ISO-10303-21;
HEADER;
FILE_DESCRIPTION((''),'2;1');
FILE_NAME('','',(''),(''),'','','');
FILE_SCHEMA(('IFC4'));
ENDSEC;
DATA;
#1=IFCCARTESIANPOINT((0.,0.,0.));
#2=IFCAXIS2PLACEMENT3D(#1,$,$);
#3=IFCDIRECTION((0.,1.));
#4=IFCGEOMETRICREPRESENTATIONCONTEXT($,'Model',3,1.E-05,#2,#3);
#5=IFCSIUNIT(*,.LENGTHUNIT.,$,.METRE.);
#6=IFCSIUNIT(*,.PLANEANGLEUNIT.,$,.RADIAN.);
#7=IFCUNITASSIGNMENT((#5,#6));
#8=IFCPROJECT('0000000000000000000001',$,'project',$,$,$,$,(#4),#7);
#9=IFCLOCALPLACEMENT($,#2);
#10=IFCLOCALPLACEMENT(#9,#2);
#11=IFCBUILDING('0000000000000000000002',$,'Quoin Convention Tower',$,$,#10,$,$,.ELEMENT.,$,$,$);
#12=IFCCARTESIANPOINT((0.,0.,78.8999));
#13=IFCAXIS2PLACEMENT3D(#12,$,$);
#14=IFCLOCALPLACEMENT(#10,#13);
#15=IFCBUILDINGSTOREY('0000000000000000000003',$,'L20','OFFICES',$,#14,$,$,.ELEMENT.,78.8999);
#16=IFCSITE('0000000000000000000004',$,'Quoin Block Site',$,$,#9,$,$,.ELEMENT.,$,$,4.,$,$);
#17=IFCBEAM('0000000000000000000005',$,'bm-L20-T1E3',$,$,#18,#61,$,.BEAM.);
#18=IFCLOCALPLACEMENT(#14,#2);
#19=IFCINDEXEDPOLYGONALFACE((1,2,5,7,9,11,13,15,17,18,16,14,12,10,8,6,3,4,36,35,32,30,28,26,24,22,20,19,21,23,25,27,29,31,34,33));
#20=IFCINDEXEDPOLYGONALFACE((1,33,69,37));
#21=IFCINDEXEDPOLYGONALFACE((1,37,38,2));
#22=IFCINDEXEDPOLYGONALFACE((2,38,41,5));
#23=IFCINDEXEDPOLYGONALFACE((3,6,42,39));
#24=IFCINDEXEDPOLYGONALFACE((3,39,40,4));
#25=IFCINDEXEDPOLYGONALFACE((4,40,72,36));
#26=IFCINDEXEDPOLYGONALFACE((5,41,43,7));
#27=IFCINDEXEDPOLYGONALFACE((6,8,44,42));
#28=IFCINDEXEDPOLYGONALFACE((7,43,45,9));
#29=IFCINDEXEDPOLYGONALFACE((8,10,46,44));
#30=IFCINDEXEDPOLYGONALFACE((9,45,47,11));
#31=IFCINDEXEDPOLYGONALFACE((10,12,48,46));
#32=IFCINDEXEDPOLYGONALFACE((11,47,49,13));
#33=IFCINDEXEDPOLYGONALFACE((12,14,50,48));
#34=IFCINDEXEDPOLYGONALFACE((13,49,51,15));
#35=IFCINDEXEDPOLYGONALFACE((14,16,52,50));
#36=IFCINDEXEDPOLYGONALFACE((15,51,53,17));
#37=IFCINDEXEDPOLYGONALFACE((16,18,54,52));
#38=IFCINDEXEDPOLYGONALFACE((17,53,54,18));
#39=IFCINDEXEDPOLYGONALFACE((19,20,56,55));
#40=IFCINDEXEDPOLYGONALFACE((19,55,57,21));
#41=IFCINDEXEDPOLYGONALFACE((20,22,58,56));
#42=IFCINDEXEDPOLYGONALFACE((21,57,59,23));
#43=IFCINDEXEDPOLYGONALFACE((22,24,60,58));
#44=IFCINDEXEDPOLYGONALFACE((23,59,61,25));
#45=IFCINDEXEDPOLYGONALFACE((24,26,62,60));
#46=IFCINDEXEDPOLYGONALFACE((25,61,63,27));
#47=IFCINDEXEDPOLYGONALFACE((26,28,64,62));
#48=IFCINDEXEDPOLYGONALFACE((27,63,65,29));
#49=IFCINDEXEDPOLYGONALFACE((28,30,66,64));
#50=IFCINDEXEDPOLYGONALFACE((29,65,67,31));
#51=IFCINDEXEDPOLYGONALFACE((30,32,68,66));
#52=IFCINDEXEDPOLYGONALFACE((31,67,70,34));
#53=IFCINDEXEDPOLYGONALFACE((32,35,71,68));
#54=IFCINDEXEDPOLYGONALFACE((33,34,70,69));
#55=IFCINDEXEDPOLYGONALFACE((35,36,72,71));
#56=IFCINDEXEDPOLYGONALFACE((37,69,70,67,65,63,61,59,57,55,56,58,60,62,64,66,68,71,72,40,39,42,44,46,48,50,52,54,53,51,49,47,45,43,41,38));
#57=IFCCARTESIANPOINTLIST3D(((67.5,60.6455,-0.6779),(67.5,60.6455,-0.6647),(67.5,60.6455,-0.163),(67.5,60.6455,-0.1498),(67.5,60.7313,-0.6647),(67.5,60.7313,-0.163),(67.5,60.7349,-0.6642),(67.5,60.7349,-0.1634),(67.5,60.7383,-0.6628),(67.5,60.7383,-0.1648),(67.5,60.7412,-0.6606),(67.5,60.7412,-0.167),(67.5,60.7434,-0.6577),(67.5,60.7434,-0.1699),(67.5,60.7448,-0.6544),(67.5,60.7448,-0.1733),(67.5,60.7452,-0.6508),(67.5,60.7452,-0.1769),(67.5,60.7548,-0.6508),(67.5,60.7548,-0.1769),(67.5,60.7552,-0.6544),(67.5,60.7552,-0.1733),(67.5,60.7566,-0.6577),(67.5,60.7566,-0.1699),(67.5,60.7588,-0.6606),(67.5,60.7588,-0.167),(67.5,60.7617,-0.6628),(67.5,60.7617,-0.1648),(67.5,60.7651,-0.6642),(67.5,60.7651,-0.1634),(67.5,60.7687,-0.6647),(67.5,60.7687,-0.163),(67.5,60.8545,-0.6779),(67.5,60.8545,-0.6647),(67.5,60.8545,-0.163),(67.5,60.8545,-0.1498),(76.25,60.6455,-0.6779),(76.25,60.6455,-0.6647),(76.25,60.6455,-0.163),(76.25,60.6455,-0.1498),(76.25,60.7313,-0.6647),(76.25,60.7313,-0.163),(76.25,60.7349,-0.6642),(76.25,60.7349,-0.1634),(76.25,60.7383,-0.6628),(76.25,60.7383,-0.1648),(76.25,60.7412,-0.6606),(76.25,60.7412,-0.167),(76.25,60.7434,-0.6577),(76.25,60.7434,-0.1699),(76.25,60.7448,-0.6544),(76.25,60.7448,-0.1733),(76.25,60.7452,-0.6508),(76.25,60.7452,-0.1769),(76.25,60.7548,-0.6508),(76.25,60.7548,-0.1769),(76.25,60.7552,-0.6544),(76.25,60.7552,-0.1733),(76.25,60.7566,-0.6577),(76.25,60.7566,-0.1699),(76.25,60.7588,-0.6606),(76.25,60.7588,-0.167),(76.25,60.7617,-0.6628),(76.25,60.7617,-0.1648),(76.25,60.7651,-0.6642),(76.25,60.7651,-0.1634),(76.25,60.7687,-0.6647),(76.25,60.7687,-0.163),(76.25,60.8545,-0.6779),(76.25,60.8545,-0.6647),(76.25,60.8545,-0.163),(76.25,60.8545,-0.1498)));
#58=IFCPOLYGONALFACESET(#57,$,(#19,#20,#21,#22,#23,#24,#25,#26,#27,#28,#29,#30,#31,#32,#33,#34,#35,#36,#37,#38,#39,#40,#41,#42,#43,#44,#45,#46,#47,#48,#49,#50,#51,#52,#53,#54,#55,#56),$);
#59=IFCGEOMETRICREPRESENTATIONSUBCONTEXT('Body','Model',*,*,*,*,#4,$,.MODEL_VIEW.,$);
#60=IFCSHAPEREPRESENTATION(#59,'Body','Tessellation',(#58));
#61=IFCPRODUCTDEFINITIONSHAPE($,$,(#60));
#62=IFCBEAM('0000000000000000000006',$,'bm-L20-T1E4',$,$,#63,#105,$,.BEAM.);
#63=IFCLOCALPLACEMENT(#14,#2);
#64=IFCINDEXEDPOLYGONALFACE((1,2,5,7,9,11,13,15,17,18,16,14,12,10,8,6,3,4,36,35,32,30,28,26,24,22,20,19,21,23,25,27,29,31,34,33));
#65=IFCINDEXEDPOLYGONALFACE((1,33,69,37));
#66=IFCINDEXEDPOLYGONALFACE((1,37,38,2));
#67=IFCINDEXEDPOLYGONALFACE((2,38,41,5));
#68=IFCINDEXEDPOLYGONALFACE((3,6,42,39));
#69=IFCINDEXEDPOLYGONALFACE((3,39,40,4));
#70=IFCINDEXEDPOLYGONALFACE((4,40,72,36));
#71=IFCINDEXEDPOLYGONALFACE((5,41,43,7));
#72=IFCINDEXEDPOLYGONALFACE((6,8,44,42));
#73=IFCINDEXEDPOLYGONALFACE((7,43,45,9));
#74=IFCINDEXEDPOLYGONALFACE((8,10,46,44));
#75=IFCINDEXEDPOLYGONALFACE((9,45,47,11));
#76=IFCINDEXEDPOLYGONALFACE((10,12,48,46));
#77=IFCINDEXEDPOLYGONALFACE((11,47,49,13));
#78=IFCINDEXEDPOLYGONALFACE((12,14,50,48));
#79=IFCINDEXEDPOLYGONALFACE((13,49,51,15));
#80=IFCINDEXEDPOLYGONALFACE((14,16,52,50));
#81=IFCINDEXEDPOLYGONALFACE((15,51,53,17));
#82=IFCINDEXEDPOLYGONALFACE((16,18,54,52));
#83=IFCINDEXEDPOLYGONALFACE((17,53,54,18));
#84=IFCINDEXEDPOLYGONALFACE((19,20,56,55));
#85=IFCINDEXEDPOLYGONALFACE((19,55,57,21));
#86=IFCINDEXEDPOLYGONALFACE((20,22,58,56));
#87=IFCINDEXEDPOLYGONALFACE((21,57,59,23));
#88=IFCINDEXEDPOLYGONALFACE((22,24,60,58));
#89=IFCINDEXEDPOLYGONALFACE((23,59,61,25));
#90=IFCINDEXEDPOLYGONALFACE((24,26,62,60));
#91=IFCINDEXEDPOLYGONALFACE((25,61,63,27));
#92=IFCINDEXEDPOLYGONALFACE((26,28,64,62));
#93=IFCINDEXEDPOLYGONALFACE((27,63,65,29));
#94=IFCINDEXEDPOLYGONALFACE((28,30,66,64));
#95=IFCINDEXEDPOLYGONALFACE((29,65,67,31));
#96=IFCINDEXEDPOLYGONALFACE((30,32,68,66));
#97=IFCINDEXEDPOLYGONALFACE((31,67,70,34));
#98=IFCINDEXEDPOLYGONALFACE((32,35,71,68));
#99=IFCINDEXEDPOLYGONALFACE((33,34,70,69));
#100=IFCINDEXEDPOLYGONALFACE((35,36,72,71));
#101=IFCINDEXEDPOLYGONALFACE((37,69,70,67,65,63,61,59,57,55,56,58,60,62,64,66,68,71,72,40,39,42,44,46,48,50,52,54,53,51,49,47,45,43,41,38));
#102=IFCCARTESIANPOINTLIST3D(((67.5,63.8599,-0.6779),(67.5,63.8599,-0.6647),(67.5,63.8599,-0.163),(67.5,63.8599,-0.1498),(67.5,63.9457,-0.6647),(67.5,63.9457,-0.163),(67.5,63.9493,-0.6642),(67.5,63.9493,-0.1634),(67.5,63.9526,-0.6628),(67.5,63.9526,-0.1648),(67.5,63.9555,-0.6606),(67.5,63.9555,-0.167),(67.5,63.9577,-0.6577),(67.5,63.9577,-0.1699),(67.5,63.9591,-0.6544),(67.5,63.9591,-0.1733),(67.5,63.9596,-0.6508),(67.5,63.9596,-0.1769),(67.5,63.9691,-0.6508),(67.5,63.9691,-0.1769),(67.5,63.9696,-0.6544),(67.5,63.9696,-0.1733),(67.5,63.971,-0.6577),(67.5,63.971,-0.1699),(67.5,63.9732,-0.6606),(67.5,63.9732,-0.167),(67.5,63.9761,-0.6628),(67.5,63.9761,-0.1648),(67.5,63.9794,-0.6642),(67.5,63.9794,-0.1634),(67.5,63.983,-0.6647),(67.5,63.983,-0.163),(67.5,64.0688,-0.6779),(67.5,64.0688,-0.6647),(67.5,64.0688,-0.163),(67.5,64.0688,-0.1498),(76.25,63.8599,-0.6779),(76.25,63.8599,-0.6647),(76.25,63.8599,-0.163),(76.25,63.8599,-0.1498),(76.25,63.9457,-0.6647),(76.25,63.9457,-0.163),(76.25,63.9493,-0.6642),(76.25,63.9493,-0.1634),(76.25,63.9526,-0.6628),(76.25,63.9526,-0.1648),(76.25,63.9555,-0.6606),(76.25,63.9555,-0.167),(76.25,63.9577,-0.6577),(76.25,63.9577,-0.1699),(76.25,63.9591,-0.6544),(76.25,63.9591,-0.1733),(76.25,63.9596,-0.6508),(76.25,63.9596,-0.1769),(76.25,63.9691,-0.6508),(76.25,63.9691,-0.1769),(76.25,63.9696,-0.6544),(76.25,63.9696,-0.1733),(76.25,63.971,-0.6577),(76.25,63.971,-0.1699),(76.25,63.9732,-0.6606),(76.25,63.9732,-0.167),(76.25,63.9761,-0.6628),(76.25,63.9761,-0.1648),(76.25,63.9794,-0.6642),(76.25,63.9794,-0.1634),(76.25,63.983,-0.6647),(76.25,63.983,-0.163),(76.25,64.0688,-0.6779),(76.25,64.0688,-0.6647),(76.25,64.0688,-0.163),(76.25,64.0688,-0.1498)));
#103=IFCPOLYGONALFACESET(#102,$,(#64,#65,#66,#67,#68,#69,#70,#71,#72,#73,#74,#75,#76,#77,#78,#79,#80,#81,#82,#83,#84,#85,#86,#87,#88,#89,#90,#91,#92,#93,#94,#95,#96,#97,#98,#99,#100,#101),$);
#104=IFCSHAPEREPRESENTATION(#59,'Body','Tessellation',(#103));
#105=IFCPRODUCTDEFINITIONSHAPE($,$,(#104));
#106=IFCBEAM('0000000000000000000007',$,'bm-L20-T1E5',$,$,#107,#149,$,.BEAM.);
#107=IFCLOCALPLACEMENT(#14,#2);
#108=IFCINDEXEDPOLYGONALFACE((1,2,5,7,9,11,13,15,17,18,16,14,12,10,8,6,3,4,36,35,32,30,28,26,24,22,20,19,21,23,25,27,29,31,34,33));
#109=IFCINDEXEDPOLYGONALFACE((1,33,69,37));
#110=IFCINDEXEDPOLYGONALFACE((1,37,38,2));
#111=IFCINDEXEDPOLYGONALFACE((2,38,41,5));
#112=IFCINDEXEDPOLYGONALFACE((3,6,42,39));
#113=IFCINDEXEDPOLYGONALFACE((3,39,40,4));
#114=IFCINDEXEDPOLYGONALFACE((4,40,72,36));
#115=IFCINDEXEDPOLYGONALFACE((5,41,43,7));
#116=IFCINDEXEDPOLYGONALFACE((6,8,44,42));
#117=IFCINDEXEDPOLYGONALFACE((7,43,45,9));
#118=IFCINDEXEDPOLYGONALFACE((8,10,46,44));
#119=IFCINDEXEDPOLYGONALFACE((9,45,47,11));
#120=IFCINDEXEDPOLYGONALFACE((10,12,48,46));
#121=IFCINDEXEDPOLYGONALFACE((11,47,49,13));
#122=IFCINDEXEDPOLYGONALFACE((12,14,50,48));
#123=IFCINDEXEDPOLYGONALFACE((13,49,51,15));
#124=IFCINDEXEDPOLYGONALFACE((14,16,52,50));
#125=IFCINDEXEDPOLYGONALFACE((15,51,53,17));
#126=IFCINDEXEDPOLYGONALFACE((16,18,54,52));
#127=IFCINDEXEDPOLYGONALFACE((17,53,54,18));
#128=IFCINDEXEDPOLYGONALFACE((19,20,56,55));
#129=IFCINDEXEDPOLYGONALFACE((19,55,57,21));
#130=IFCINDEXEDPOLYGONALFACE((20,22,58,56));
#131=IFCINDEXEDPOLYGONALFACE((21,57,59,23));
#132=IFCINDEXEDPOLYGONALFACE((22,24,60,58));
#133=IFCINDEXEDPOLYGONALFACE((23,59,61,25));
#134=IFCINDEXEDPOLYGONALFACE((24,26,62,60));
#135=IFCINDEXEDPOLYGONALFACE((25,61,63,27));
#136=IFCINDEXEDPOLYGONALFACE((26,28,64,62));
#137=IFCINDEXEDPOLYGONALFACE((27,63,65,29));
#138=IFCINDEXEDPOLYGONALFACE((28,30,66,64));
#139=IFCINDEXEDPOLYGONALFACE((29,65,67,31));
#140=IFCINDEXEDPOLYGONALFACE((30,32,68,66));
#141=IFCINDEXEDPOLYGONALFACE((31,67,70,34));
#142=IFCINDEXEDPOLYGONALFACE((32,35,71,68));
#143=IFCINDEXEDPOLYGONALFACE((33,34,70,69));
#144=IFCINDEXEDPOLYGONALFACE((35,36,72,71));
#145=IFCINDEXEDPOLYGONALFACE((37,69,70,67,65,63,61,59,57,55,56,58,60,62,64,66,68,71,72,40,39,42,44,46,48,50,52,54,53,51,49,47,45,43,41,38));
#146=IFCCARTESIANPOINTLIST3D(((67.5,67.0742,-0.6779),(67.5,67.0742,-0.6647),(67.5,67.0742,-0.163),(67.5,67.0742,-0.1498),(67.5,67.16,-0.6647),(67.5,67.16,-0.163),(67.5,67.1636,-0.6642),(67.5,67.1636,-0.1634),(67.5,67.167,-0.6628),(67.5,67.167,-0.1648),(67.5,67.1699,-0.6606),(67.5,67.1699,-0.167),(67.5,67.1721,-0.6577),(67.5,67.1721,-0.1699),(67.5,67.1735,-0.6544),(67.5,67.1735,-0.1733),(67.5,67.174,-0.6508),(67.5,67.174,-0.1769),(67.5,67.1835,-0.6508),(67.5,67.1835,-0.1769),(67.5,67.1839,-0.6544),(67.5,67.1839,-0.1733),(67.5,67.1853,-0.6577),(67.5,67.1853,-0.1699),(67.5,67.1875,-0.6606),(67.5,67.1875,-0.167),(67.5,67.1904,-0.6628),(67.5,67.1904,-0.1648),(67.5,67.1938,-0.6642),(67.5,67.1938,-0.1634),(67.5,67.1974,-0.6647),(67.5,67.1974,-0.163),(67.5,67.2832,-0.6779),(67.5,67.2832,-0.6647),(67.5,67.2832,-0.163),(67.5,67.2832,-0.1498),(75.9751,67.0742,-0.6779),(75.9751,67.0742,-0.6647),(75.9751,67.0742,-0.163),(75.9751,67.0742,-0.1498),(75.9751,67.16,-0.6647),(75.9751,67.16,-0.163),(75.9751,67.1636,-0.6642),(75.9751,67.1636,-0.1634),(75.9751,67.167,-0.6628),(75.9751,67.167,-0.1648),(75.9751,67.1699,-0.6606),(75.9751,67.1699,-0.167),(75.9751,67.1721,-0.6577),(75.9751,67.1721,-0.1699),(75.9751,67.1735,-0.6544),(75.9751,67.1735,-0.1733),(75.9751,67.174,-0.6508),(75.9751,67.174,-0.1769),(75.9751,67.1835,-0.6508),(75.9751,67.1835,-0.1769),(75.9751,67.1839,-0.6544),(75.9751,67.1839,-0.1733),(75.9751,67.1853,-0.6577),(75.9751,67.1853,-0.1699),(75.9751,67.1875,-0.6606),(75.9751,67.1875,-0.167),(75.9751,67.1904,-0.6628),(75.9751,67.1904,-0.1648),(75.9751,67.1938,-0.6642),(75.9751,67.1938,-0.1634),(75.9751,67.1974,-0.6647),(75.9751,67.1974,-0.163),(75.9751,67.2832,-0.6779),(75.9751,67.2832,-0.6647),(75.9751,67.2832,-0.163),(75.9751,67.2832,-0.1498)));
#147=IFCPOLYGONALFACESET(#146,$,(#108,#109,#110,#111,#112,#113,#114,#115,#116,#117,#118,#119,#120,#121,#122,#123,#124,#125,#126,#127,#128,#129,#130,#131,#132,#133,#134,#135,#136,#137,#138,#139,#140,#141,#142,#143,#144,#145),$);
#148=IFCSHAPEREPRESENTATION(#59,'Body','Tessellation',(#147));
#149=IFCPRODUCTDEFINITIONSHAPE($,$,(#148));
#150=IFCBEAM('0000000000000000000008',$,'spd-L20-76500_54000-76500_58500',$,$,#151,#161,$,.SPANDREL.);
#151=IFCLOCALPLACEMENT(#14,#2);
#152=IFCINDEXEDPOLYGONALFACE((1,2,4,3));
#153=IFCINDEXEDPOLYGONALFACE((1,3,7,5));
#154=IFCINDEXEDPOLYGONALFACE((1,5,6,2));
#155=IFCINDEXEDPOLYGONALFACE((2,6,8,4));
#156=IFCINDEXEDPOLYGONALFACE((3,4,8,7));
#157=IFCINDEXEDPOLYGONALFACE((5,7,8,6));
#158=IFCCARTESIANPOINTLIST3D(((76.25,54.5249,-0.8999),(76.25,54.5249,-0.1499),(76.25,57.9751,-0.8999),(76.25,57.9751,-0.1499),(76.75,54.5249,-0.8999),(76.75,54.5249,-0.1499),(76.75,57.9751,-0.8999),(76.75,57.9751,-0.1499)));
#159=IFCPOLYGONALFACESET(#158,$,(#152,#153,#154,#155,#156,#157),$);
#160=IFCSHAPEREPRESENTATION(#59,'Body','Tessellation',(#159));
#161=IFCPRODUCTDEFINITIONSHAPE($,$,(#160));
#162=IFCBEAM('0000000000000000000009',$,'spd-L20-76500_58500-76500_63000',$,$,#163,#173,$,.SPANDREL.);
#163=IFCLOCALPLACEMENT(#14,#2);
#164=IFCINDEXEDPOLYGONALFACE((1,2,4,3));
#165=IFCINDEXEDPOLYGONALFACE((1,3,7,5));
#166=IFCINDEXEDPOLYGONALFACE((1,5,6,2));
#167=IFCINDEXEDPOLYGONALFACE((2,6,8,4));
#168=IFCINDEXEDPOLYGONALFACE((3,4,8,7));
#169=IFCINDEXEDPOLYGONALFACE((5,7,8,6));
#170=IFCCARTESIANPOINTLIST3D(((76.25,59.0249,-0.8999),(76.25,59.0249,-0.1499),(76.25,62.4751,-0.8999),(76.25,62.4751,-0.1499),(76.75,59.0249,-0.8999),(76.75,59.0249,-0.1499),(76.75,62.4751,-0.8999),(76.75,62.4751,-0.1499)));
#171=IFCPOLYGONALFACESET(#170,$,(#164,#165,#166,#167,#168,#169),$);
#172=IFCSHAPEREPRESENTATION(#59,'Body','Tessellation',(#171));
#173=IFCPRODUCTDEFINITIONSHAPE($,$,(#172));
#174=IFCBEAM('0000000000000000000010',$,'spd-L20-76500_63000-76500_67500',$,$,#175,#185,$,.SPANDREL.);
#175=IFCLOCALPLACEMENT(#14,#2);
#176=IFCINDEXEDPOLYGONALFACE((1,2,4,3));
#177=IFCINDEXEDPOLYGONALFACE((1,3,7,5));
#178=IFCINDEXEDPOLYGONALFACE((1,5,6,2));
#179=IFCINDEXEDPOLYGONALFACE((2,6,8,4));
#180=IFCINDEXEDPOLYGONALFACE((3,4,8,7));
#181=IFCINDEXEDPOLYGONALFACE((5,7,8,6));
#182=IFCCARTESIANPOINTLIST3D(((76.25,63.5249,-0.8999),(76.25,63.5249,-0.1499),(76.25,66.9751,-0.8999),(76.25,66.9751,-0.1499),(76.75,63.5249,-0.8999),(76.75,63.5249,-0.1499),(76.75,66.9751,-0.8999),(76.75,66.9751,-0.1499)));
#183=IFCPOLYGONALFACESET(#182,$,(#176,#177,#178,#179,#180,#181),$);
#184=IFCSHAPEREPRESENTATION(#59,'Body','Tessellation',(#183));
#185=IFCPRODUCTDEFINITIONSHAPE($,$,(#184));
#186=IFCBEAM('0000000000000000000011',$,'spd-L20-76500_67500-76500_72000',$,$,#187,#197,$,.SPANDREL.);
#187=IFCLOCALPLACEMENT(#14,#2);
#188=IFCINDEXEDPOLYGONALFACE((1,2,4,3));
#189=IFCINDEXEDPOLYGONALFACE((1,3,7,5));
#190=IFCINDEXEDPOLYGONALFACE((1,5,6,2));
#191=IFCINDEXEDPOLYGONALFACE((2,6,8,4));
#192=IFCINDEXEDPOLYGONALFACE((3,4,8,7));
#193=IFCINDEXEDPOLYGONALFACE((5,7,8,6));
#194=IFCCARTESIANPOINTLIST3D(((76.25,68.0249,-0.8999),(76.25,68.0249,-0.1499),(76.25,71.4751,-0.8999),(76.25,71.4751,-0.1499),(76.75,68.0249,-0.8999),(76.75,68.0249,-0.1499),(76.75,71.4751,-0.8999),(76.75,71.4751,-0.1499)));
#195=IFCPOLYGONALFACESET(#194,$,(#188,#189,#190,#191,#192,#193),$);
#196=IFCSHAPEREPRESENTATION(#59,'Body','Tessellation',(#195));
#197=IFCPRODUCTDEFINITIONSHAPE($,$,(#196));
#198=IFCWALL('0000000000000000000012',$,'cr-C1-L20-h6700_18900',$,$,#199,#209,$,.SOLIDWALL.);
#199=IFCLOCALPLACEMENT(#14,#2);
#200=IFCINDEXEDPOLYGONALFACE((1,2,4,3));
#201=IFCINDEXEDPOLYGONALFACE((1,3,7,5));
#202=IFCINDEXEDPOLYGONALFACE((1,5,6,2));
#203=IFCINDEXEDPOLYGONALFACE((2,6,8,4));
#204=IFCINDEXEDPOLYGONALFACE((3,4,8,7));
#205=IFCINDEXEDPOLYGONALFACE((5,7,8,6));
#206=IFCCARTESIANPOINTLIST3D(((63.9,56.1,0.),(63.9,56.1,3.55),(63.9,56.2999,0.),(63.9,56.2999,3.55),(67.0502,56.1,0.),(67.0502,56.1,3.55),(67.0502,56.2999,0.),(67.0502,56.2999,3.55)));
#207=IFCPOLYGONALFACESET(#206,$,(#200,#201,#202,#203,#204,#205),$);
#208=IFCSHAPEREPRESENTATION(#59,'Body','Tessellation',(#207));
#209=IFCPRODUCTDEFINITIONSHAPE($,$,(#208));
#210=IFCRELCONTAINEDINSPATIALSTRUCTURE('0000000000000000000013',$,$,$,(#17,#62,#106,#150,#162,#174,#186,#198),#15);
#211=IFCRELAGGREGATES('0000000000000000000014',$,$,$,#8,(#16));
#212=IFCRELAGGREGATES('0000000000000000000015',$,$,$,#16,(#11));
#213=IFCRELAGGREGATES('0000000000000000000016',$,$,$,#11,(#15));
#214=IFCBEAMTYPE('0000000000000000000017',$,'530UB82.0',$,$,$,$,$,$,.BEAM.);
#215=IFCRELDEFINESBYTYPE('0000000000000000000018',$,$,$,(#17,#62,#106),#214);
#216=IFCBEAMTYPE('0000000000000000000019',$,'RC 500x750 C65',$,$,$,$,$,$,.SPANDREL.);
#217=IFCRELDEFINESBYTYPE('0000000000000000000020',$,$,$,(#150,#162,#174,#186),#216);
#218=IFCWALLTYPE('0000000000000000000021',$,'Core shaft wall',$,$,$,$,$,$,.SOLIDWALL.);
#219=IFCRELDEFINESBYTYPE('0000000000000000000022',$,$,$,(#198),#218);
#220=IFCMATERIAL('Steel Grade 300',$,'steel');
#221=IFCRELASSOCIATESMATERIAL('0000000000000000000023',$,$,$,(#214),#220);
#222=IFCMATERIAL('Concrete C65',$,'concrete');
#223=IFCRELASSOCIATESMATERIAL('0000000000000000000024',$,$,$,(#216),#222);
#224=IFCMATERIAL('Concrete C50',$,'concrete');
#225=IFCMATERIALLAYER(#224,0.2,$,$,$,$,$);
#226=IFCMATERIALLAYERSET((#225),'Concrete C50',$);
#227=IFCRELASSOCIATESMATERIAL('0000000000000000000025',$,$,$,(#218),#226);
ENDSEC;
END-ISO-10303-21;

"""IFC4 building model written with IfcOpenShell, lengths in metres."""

from ifc_helpers import new_model, si_unit, direction, frame, frame_2d, origin, origin_2d, place, context, subcontext, project, spatial, rectangle, i_section, extrude, material, layer, layer_set, material_profile, profile_set, type_object, element, save


model = new_model("IFC4")

# Units and contexts
model_context = context("Model", 3, precision=1e-05, world=origin(), true_north=direction((0.0, 1.0)))
body_context = subcontext(model_context, "Body", "Model", "MODEL_VIEW")
ifc_project = project(units=[si_unit("LENGTHUNIT", "METRE"), si_unit("PLANEANGLEUNIT", "RADIAN")], contexts=[model_context])

# Site, building, storey
site_placement = place(None, origin())
site = spatial("IfcSite", under=ifc_project, at=site_placement, Name="Quoin Block Site", CompositionType="ELEMENT", RefElevation=4.0)
building_placement = place(site_placement, origin())
building = spatial("IfcBuilding", under=site, at=building_placement, Name="Quoin Convention Tower", CompositionType="ELEMENT")
storey_placement = place(building_placement, frame((0.0, 0.0, 78.8999)))
storey = spatial("IfcBuildingStorey", under=building, at=storey_placement, Name="L20", Description="OFFICES", CompositionType="ELEMENT", Elevation=78.8999)

# Shared definitions
ifc_material_1 = material(Name="Concrete C65", Category="concrete")

# Beams
ifc_material_2 = material(Name="Steel Grade 300", Category="steel")
ifc_material_profile_1 = material_profile(ifc_material_2, i_section(OverallWidth=0.209, OverallDepth=0.5281, WebThickness=0.0095, FlangeThickness=0.0132, FilletRadius=0.0139, at=origin_2d()), Name="530UB82.0")
ifc_profile_set_1 = profile_set([ifc_material_profile_1], Name="Steel Grade 300")
beam_type_1 = type_object("IfcBeamType", Name="530UB82.0", PredefinedType="BEAM", material=ifc_profile_set_1)
for number, where, z_axis, x_axis, name in (
    (1, (67.5, 60.75, -0.4138), (1.0, 0.0, 0.0), (0.0, 1.0, 0.0), "bm-L20-T1E3"),
    (2, (67.5, 63.9644, -0.4138), (1.0, 0.0, 0.0), (0.0, 1.0, 0.0), "bm-L20-T1E4"),
):
    element("IfcBeam", number, at=place(storey_placement, frame(where, z_axis=z_axis, x_axis=x_axis)), inside=storey, type_object=beam_type_1, Name=name, PredefinedType="BEAM", context=body_context, shape_type="SweptSolid", body=[
        extrude(i_section(OverallWidth=0.209, OverallDepth=0.5281, WebThickness=0.0095, FlangeThickness=0.0132, FilletRadius=0.0139, at=origin_2d()), origin(), (0.0, 0.0, 1.0), 8.75),
    ])
beam_1_placement = place(storey_placement, frame((67.5, 67.1787, -0.4138), z_axis=(1.0, 0.0, 0.0), x_axis=(0.0, 1.0, 0.0)))
element("IfcBeam", 3, at=beam_1_placement, inside=storey, type_object=beam_type_1, Name="bm-L20-T1E5", PredefinedType="BEAM", context=body_context, shape_type="SweptSolid", body=[
    extrude(i_section(OverallWidth=0.209, OverallDepth=0.5281, WebThickness=0.0095, FlangeThickness=0.0132, FilletRadius=0.0139, at=origin_2d()), origin(), (0.0, 0.0, 1.0), 8.4751),
])
ifc_material_profile_2 = material_profile(ifc_material_1, rectangle(XDim=0.5, YDim=0.75, at=origin_2d()), Name="RC 500x750")
ifc_profile_set_2 = profile_set([ifc_material_profile_2], Name="Concrete C65")
beam_type_2 = type_object("IfcBeamType", Name="RC 500x750 C65", PredefinedType="SPANDREL", material=ifc_profile_set_2)
for number, where, z_axis, x_axis, name in (
    (4, (76.5, 54.5249, -0.5249), (0.0, 1.0, 0.0), (-1.0, 0.0, 0.0), "spd-L20-76500_54000-76500_58500"),
    (5, (76.5, 59.0249, -0.5249), (0.0, 1.0, 0.0), (-1.0, 0.0, 0.0), "spd-L20-76500_58500-76500_63000"),
    (6, (76.5, 63.5249, -0.5249), (0.0, 1.0, 0.0), (-1.0, 0.0, 0.0), "spd-L20-76500_63000-76500_67500"),
    (7, (76.5, 68.0249, -0.5249), (0.0, 1.0, 0.0), (-1.0, 0.0, 0.0), "spd-L20-76500_67500-76500_72000"),
):
    element("IfcBeam", number, at=place(storey_placement, frame(where, z_axis=z_axis, x_axis=x_axis)), inside=storey, type_object=beam_type_2, Name=name, PredefinedType="SPANDREL", context=body_context, shape_type="SweptSolid", body=[
        extrude(rectangle(XDim=0.5, YDim=0.75, at=origin_2d()), origin(), (0.0, 0.0, 1.0), 3.4502),
    ])

# Wall
ifc_material_3 = material(Name="Concrete C50", Category="concrete")
ifc_layer_1 = layer(ifc_material_3, 0.2)
ifc_layer_set_1 = layer_set([ifc_layer_1], Name="Concrete C50")
wall_type_1 = type_object("IfcWallType", Name="Core shaft wall", PredefinedType="SOLIDWALL", material=ifc_layer_set_1)
wall_1_placement = place(storey_placement, frame((63.8999, 56.2, 0.0), z_axis=(0.0, 0.0, 1.0), x_axis=(1.0, 0.0, 0.0)))
element("IfcWall", 8, at=wall_1_placement, inside=storey, type_object=wall_type_1, Name="cr-C1-L20-h6700_18900", PredefinedType="SOLIDWALL", context=body_context, shape_type="SweptSolid", body=[
    extrude(rectangle(XDim=3.1501, YDim=0.2, at=frame_2d((1.5752, 0.0))), origin(), (0.0, 0.0, 1.0), 3.55),
])

save(model, "model.ifc")
